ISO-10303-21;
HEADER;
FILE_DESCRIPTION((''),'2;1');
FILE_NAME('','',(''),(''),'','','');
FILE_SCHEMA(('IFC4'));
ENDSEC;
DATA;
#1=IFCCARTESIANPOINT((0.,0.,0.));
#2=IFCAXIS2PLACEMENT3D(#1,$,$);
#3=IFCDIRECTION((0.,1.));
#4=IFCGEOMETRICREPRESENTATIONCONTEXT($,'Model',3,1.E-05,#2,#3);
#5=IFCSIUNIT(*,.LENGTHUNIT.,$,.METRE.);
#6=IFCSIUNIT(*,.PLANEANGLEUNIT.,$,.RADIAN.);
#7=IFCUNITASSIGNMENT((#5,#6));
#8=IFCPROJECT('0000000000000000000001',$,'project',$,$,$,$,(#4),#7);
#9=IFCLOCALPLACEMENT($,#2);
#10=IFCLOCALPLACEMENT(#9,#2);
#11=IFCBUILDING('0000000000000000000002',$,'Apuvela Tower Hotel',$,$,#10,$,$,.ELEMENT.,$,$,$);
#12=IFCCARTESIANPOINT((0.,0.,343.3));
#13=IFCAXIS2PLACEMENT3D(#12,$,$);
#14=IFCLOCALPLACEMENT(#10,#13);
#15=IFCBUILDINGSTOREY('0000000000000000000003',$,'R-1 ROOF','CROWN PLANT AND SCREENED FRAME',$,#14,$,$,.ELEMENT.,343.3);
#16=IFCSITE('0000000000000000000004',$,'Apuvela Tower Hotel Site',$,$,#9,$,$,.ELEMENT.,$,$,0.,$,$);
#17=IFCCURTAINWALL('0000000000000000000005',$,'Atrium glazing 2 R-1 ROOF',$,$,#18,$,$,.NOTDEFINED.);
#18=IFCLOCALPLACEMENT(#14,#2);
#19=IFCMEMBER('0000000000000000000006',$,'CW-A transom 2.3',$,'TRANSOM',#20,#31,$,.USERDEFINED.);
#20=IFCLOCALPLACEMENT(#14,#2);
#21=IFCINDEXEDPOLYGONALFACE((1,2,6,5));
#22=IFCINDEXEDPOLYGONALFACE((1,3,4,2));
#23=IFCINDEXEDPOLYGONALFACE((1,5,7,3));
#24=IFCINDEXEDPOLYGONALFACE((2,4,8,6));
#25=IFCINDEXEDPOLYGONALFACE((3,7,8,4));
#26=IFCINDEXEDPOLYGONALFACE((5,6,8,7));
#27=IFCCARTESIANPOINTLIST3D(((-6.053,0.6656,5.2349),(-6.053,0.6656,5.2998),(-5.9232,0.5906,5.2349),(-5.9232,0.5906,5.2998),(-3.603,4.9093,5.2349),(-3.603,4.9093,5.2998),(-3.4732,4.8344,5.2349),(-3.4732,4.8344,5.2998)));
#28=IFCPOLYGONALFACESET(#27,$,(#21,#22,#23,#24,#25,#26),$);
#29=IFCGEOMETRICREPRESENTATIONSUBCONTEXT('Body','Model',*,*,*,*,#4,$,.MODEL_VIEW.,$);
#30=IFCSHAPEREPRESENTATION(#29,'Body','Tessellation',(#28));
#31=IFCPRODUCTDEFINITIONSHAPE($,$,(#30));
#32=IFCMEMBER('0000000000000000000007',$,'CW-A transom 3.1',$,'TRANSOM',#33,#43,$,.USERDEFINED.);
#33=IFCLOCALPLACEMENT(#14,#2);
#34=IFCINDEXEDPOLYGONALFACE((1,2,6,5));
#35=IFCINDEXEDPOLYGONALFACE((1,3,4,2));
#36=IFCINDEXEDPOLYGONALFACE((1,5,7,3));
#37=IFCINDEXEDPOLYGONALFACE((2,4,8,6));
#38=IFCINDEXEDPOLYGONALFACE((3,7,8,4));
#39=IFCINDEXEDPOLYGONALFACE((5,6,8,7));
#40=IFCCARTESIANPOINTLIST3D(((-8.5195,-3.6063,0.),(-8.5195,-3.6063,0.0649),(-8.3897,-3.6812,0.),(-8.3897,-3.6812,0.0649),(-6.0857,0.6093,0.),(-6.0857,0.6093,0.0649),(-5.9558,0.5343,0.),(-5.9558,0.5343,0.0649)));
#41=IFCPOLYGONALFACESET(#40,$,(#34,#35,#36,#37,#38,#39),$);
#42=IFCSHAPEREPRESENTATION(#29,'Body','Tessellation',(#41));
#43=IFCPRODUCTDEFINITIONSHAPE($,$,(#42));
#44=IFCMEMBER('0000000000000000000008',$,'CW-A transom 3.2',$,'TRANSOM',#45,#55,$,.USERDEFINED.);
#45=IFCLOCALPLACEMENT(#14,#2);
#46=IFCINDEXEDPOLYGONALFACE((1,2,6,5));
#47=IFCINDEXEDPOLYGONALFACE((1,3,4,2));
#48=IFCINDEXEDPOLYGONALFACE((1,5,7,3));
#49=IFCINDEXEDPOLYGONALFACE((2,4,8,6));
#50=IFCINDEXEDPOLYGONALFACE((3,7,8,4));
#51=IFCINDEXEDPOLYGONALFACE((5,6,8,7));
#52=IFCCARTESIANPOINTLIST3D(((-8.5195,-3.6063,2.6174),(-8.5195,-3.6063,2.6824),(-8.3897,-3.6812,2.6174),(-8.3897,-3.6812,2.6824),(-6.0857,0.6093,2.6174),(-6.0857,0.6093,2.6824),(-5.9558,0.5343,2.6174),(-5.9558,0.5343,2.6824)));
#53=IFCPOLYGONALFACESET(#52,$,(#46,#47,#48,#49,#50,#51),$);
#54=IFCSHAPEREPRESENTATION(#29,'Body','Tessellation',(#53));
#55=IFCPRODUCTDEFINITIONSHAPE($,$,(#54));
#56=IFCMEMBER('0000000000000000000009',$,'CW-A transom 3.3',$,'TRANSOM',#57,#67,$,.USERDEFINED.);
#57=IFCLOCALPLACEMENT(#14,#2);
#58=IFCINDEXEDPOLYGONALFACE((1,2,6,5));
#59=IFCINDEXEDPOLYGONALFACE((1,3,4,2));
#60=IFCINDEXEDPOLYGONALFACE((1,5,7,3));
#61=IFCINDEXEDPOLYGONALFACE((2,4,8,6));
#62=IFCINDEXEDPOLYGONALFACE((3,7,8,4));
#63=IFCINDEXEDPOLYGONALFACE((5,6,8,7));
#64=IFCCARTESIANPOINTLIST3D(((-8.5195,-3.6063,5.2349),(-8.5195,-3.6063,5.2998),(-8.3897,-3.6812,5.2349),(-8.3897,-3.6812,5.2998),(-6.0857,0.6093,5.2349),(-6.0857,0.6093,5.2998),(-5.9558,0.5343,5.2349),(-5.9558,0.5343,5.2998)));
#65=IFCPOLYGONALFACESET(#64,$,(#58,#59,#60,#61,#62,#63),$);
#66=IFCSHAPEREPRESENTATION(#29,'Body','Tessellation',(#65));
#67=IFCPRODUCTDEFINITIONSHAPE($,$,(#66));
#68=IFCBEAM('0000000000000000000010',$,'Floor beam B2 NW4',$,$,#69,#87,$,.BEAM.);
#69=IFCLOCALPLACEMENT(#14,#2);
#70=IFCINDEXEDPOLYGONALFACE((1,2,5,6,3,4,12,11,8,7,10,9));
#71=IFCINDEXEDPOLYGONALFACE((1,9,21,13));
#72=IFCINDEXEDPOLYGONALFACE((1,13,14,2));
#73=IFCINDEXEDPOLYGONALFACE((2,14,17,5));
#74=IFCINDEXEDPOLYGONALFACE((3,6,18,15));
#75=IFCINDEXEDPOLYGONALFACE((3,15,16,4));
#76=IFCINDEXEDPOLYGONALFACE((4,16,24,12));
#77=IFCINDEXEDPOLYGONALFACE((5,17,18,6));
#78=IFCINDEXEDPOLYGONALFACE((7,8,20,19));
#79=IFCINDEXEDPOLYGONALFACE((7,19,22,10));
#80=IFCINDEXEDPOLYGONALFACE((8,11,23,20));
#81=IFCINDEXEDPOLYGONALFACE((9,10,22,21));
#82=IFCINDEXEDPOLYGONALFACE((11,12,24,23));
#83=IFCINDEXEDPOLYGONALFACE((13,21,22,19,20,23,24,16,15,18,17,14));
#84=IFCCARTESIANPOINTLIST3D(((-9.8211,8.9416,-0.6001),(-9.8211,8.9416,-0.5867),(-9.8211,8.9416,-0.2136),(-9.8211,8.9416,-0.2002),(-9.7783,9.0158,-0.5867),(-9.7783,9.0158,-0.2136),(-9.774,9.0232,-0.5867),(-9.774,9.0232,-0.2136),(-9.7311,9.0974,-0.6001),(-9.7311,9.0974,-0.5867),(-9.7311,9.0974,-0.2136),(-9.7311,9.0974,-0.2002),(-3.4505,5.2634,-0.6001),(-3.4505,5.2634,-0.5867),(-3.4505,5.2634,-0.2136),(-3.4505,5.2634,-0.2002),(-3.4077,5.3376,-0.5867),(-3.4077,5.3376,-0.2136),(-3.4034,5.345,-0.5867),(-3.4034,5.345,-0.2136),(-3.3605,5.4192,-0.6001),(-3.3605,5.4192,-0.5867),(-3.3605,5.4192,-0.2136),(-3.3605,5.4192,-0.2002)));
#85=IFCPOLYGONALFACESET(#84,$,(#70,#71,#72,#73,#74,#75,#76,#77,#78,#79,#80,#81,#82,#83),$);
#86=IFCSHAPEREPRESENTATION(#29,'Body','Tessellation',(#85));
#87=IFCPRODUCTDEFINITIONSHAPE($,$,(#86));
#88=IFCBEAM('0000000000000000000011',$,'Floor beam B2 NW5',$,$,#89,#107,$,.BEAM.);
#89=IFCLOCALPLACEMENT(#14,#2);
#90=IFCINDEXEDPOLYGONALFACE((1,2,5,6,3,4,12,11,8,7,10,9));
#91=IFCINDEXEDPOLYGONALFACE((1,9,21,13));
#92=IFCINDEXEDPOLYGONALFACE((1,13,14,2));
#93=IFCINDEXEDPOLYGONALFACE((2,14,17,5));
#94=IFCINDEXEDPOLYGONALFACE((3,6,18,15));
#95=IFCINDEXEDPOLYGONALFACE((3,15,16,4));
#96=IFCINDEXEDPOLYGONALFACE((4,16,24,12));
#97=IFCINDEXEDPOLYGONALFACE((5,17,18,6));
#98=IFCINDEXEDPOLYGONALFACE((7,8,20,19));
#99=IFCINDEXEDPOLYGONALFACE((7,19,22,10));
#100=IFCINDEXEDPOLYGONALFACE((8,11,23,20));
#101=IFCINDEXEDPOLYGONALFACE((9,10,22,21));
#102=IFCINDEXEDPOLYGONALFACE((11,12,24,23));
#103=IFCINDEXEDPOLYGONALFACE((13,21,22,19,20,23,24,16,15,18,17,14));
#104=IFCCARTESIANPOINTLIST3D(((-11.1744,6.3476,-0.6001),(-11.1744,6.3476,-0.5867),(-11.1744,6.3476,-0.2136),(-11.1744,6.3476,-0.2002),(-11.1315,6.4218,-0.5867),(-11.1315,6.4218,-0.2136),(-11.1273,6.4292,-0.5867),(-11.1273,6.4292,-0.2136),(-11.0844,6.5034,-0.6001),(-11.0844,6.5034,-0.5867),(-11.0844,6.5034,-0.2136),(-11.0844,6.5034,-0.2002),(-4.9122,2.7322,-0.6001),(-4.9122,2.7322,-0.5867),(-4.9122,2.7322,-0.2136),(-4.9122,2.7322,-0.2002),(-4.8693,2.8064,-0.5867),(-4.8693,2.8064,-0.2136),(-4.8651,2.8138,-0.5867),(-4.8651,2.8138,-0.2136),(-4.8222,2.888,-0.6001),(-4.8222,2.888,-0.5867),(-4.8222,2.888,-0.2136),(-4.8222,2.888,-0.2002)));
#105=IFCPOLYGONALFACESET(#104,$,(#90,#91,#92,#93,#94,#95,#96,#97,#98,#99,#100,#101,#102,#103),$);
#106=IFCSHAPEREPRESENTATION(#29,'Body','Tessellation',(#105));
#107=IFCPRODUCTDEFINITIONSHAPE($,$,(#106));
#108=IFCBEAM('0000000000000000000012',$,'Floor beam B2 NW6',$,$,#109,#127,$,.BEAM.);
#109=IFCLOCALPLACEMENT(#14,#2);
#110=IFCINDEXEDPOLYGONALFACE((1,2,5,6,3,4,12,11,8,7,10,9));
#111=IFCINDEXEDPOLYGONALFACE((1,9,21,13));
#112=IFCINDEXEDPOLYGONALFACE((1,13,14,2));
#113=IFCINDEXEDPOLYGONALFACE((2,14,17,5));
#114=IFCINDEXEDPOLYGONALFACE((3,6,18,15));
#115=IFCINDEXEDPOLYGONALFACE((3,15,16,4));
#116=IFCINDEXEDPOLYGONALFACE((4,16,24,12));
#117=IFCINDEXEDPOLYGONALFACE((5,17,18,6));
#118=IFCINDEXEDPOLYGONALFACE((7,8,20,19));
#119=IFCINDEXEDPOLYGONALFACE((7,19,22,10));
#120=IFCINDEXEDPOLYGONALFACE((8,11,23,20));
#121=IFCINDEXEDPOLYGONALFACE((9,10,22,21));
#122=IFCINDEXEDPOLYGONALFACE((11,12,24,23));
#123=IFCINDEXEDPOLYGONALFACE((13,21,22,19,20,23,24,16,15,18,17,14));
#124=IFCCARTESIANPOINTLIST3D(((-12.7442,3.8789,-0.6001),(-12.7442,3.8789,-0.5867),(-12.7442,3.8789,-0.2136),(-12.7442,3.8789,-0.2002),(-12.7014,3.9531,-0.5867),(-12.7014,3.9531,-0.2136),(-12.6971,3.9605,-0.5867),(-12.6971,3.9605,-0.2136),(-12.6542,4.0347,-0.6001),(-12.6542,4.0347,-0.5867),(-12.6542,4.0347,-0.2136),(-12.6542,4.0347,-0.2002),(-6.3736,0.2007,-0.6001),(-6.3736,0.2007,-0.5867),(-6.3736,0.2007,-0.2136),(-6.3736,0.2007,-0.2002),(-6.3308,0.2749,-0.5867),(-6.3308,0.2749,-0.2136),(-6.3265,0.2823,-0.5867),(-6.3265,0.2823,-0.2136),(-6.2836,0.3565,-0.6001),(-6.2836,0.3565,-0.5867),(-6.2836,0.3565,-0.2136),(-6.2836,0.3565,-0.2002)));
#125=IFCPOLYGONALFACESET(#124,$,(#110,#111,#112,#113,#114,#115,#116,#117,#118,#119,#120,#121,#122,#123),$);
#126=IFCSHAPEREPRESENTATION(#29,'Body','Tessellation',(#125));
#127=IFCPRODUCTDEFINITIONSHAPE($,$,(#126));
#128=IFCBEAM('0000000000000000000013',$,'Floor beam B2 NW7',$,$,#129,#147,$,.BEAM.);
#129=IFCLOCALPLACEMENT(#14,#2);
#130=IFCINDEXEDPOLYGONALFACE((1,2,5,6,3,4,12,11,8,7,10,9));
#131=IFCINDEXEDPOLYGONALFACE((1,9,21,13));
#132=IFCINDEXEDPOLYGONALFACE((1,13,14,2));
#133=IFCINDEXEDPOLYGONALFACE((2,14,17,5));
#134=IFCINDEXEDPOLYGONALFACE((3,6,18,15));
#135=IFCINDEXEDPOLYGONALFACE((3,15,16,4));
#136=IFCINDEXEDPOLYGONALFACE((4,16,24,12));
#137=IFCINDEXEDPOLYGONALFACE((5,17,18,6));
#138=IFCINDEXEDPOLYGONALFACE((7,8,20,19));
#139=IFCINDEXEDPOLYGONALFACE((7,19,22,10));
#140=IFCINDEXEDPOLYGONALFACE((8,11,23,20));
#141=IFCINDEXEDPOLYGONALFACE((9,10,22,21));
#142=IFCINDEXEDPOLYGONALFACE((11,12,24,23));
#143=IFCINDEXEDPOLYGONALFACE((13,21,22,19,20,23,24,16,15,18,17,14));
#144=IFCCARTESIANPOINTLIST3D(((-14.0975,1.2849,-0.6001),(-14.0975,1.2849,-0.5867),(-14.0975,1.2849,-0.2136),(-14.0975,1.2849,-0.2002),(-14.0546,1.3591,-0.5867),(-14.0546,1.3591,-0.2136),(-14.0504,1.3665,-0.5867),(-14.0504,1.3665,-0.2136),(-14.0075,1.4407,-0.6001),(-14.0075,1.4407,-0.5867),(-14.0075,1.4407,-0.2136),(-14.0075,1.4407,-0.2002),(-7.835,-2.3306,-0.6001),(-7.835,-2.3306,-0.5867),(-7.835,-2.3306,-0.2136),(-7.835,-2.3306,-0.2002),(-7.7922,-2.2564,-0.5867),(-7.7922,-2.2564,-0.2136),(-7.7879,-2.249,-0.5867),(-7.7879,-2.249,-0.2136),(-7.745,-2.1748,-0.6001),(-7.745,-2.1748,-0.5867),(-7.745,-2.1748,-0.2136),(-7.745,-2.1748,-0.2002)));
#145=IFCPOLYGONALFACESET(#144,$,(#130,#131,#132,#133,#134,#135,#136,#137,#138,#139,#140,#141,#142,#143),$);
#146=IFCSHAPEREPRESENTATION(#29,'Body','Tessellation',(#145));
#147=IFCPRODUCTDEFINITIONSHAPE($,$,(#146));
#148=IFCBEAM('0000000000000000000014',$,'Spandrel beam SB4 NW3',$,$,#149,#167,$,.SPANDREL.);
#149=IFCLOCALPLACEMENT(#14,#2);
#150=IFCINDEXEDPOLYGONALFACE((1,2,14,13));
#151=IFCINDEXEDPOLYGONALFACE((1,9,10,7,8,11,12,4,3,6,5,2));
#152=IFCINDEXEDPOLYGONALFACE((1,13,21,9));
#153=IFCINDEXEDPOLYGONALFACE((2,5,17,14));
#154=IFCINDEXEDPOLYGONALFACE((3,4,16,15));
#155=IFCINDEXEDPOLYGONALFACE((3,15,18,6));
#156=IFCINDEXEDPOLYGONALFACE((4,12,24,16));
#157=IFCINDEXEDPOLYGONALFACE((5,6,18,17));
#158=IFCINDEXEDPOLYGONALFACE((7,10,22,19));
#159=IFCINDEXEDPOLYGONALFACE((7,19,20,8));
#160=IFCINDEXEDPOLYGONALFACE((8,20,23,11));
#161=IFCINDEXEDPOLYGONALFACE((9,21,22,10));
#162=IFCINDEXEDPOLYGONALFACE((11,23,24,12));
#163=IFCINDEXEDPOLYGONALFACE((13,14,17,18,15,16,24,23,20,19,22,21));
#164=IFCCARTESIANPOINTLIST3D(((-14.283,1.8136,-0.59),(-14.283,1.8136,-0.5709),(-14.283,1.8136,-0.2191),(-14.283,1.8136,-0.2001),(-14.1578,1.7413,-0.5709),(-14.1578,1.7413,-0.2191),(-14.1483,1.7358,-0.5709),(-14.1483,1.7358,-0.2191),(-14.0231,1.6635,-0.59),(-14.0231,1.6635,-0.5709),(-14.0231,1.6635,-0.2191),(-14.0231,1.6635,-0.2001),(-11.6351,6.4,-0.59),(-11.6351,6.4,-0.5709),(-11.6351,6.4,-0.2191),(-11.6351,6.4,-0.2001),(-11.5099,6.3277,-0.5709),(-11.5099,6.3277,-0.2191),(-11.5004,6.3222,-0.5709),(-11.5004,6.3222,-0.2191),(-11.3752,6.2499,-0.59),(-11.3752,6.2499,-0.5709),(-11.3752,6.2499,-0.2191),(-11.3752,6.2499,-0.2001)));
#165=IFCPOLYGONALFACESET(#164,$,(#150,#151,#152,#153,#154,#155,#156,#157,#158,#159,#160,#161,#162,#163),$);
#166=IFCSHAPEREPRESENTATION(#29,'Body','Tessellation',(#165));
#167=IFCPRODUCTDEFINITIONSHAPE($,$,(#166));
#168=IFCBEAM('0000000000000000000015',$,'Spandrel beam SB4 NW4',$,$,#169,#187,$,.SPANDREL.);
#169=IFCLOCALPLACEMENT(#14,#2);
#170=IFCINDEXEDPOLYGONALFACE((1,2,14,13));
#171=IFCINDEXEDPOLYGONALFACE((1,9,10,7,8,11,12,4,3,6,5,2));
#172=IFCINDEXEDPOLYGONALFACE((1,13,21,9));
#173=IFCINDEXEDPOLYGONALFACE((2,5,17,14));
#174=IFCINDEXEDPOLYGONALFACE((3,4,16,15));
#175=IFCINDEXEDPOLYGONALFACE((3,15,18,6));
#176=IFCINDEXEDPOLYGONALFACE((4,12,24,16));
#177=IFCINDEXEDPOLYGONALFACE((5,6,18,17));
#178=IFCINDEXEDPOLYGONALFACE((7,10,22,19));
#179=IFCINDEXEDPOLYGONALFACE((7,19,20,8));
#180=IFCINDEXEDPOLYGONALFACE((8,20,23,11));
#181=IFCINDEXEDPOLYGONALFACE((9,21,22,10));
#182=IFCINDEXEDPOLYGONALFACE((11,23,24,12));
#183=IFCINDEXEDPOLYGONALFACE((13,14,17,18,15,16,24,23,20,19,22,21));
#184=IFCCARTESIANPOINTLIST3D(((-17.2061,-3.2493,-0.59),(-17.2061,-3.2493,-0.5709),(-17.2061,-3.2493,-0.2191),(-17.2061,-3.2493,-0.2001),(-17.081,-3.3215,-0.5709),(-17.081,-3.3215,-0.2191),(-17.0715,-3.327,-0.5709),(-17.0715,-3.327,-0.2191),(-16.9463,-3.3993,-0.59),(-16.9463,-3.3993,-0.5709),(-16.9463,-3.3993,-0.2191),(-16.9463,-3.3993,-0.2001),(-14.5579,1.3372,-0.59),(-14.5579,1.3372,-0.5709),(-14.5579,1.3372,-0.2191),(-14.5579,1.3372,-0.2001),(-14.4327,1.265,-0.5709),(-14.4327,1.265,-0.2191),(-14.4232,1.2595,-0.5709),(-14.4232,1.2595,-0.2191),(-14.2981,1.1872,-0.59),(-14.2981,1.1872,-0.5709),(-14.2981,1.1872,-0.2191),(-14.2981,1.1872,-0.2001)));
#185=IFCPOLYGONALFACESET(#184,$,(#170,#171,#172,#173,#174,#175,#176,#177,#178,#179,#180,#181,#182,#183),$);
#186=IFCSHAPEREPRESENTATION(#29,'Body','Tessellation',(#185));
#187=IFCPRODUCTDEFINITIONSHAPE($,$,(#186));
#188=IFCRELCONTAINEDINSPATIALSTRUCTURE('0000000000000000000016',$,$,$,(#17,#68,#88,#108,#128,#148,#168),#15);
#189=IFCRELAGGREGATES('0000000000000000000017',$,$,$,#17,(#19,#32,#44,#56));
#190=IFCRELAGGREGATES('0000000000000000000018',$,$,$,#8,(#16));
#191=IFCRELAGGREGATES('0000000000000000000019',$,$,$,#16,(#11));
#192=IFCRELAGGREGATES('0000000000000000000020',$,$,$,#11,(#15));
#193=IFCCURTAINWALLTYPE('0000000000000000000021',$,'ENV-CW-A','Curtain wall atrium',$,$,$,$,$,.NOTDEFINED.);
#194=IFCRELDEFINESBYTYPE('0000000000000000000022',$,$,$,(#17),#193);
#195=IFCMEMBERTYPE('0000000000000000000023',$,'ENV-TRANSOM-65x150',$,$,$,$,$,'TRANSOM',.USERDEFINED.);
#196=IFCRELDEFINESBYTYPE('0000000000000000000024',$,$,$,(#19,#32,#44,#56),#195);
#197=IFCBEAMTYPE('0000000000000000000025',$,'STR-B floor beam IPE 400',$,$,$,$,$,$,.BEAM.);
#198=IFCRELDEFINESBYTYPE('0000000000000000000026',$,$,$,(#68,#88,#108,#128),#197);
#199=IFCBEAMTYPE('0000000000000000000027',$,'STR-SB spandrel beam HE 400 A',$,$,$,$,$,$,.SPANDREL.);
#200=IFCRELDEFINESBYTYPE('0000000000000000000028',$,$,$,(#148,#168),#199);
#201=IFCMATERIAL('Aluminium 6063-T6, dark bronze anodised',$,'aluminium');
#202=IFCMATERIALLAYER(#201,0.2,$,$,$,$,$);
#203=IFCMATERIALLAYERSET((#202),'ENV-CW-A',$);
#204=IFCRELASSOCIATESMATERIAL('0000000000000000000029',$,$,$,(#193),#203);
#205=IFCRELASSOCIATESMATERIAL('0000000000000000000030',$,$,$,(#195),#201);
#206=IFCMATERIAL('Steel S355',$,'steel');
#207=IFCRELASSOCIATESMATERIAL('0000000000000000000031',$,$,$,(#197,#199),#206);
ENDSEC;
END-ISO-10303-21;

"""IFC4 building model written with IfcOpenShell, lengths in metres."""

from ifc_helpers import new_model, si_unit, direction, frame, origin, origin_2d, place, context, subcontext, project, spatial, rectangle, i_section, extrude, material, layer, layer_set, material_profile, profile_set, type_object, element, aggregate, save


model = new_model("IFC4")

# Units and contexts
model_context = context("Model", 3, precision=1e-05, world=origin(), true_north=direction((0.0, 1.0)))
body_context = subcontext(model_context, "Body", "Model", "MODEL_VIEW")
ifc_project = project(units=[si_unit("LENGTHUNIT", "METRE"), si_unit("PLANEANGLEUNIT", "RADIAN")], contexts=[model_context])

# Site, building, storey
site_placement = place(None, origin())
site = spatial("IfcSite", under=ifc_project, at=site_placement, Name="Apuvela Tower Hotel Site", CompositionType="ELEMENT", RefElevation=0.0)
building_placement = place(site_placement, origin())
building = spatial("IfcBuilding", under=site, at=building_placement, Name="Apuvela Tower Hotel", CompositionType="ELEMENT")
storey_placement = place(building_placement, frame((0.0, 0.0, 343.3)))
storey = spatial("IfcBuildingStorey", under=building, at=storey_placement, Name="R-1 ROOF", Description="CROWN PLANT AND SCREENED FRAME", CompositionType="ELEMENT", Elevation=343.3)

# Curtain wall
ifc_material_1 = material(Name="Aluminium 6063-T6, dark bronze anodised", Category="aluminium")
ifc_layer_1 = layer(ifc_material_1, 0.2)
ifc_layer_set_1 = layer_set([ifc_layer_1], Name="ENV-CW-A")
curtain_wall_type_1 = type_object("IfcCurtainWallType", Name="ENV-CW-A", Description="Curtain wall atrium", PredefinedType="NOTDEFINED", material=ifc_layer_set_1)
curtain_wall_1_placement = place(storey_placement, origin())
curtain_wall_1 = element("IfcCurtainWall", 1, at=curtain_wall_1_placement, inside=storey, type_object=curtain_wall_type_1, Name="Atrium glazing 2 R-1 ROOF", PredefinedType="NOTDEFINED")

# Members
ifc_material_profile_1 = material_profile(ifc_material_1, rectangle(XDim=0.1499, YDim=0.0649, at=origin_2d()), Name="AL 65x150 transom")
ifc_profile_set_1 = profile_set([ifc_material_profile_1], Name="Aluminium 6063-T6, dark bronze anodised")
member_type_1 = type_object("IfcMemberType", Name="ENV-TRANSOM-65x150", ElementType="TRANSOM", PredefinedType="USERDEFINED", material=ifc_profile_set_1)
member_1_placement = place(storey_placement, frame((-3.5381, 4.8718, 5.2673), z_axis=(-0.499981, -0.866036, 0.0), x_axis=(0.866036, -0.499981, 0.0)))
member_1 = element("IfcMember", 2, at=member_1_placement, type_object=member_type_1, Name="CW-A transom 2.3", ObjectType="TRANSOM", PredefinedType="USERDEFINED", context=body_context, shape_type="SweptSolid", body=[
    extrude(rectangle(XDim=0.1499, YDim=0.0649, at=origin_2d()), origin(), (0.0, 0.0, 1.0), 4.9001),
])
member_2_placement = place(storey_placement, frame((-6.0208, 0.5718, 0.0325), z_axis=(-0.499996, -0.866028, 0.0), x_axis=(0.866028, -0.499996, 0.0)))
member_2 = element("IfcMember", 3, at=member_2_placement, type_object=member_type_1, Name="CW-A transom 3.1", ObjectType="TRANSOM", PredefinedType="USERDEFINED", context=body_context, shape_type="SweptSolid", body=[
    extrude(rectangle(XDim=0.1499, YDim=0.0649, at=origin_2d()), origin(), (0.0, 0.0, 1.0), 4.8677),
])
member_3_placement = place(storey_placement, frame((-6.0208, 0.5718, 2.6499), z_axis=(-0.499996, -0.866028, 0.0), x_axis=(0.866028, -0.499996, 0.0)))
member_3 = element("IfcMember", 4, at=member_3_placement, type_object=member_type_1, Name="CW-A transom 3.2", ObjectType="TRANSOM", PredefinedType="USERDEFINED", context=body_context, shape_type="SweptSolid", body=[
    extrude(rectangle(XDim=0.1499, YDim=0.0649, at=origin_2d()), origin(), (0.0, 0.0, 1.0), 4.8677),
])
member_4_placement = place(storey_placement, frame((-6.0208, 0.5718, 5.2673), z_axis=(-0.499996, -0.866028, 0.0), x_axis=(0.866028, -0.499996, 0.0)))
member_4 = element("IfcMember", 5, at=member_4_placement, type_object=member_type_1, Name="CW-A transom 3.3", ObjectType="TRANSOM", PredefinedType="USERDEFINED", context=body_context, shape_type="SweptSolid", body=[
    extrude(rectangle(XDim=0.1499, YDim=0.0649, at=origin_2d()), origin(), (0.0, 0.0, 1.0), 4.8677),
])

# Beams
ifc_material_2 = material(Name="Steel S355", Category="steel")
ifc_material_profile_2 = material_profile(ifc_material_2, i_section(OverallWidth=0.1799, OverallDepth=0.3999, WebThickness=0.0085, FlangeThickness=0.0134, at=origin_2d()), Name="IPE 400")
ifc_profile_set_2 = profile_set([ifc_material_profile_2], Name="Steel S355")
beam_type_1 = type_object("IfcBeamType", Name="STR-B floor beam IPE 400", PredefinedType="BEAM", material=ifc_profile_set_2)
beam_1_placement = place(storey_placement, frame((-9.7761, 9.0195, -0.4001), z_axis=(0.866016, -0.500015, 0.0), x_axis=(0.500015, 0.866016, 0.0)))
element("IfcBeam", 6, at=beam_1_placement, inside=storey, type_object=beam_type_1, Name="Floor beam B2 NW4", PredefinedType="BEAM", context=body_context, shape_type="SweptSolid", body=[
    extrude(i_section(OverallWidth=0.1799, OverallDepth=0.3999, WebThickness=0.0085, FlangeThickness=0.0134, at=origin_2d()), origin(), (0.0, 0.0, 1.0), 7.3562),
])
beam_2_placement = place(storey_placement, frame((-11.1294, 6.4255, -0.4001), z_axis=(0.866026, -0.499999, 0.0), x_axis=(0.499999, 0.866026, 0.0)))
element("IfcBeam", 7, at=beam_2_placement, inside=storey, type_object=beam_type_1, Name="Floor beam B2 NW5", PredefinedType="BEAM", context=body_context, shape_type="SweptSolid", body=[
    extrude(i_section(OverallWidth=0.1799, OverallDepth=0.3999, WebThickness=0.0085, FlangeThickness=0.0134, at=origin_2d()), origin(), (0.0, 0.0, 1.0), 7.231),
])
beam_3_placement = place(storey_placement, frame((-12.6992, 3.9568, -0.4001), z_axis=(0.866016, -0.500015, 0.0), x_axis=(0.500015, 0.866016, 0.0)))
element("IfcBeam", 8, at=beam_3_placement, inside=storey, type_object=beam_type_1, Name="Floor beam B2 NW6", PredefinedType="BEAM", context=body_context, shape_type="SweptSolid", body=[
    extrude(i_section(OverallWidth=0.1799, OverallDepth=0.3999, WebThickness=0.0085, FlangeThickness=0.0134, at=origin_2d()), origin(), (0.0, 0.0, 1.0), 7.3562),
])
beam_4_placement = place(storey_placement, frame((-14.0525, 1.3628, -0.4001), z_axis=(0.866034, -0.499985, 0.0), x_axis=(0.499985, 0.866034, 0.0)))
element("IfcBeam", 9, at=beam_4_placement, inside=storey, type_object=beam_type_1, Name="Floor beam B2 NW7", PredefinedType="BEAM", context=body_context, shape_type="SweptSolid", body=[
    extrude(i_section(OverallWidth=0.1799, OverallDepth=0.3999, WebThickness=0.0085, FlangeThickness=0.0134, at=origin_2d()), origin(), (0.0, 0.0, 1.0), 7.2312),
])
ifc_material_profile_3 = material_profile(ifc_material_2, i_section(OverallWidth=0.3, OverallDepth=0.3899, WebThickness=0.011, FlangeThickness=0.019, at=origin_2d()), Name="HE 400 A")
ifc_profile_set_3 = profile_set([ifc_material_profile_3], Name="Steel S355")
beam_type_2 = type_object("IfcBeamType", Name="STR-SB spandrel beam HE 400 A", PredefinedType="SPANDREL", material=ifc_profile_set_3)
beam_5_placement = place(storey_placement, frame((-11.5051, 6.325, -0.395), z_axis=(-0.499996, -0.866027, 0.0), x_axis=(0.866027, -0.499996, 0.0)))
element("IfcBeam", 10, at=beam_5_placement, inside=storey, type_object=beam_type_2, Name="Spandrel beam SB4 NW3", PredefinedType="SPANDREL", context=body_context, shape_type="SweptSolid", body=[
    extrude(i_section(OverallWidth=0.3, OverallDepth=0.3899, WebThickness=0.011, FlangeThickness=0.019, at=origin_2d()), origin(), (0.0, 0.0, 1.0), 5.2959),
])
beam_6_placement = place(storey_placement, frame((-14.428, 1.2622, -0.395), z_axis=(-0.500031, -0.866007, 0.0), x_axis=(0.866007, -0.500031, 0.0)))
element("IfcBeam", 11, at=beam_6_placement, inside=storey, type_object=beam_type_2, Name="Spandrel beam SB4 NW4", PredefinedType="SPANDREL", context=body_context, shape_type="SweptSolid", body=[
    extrude(i_section(OverallWidth=0.3, OverallDepth=0.3899, WebThickness=0.011, FlangeThickness=0.019, at=origin_2d()), origin(), (0.0, 0.0, 1.0), 5.2961),
])

aggregate(curtain_wall_1, [member_1, member_2, member_3, member_4])

save(model, "model.ifc")
